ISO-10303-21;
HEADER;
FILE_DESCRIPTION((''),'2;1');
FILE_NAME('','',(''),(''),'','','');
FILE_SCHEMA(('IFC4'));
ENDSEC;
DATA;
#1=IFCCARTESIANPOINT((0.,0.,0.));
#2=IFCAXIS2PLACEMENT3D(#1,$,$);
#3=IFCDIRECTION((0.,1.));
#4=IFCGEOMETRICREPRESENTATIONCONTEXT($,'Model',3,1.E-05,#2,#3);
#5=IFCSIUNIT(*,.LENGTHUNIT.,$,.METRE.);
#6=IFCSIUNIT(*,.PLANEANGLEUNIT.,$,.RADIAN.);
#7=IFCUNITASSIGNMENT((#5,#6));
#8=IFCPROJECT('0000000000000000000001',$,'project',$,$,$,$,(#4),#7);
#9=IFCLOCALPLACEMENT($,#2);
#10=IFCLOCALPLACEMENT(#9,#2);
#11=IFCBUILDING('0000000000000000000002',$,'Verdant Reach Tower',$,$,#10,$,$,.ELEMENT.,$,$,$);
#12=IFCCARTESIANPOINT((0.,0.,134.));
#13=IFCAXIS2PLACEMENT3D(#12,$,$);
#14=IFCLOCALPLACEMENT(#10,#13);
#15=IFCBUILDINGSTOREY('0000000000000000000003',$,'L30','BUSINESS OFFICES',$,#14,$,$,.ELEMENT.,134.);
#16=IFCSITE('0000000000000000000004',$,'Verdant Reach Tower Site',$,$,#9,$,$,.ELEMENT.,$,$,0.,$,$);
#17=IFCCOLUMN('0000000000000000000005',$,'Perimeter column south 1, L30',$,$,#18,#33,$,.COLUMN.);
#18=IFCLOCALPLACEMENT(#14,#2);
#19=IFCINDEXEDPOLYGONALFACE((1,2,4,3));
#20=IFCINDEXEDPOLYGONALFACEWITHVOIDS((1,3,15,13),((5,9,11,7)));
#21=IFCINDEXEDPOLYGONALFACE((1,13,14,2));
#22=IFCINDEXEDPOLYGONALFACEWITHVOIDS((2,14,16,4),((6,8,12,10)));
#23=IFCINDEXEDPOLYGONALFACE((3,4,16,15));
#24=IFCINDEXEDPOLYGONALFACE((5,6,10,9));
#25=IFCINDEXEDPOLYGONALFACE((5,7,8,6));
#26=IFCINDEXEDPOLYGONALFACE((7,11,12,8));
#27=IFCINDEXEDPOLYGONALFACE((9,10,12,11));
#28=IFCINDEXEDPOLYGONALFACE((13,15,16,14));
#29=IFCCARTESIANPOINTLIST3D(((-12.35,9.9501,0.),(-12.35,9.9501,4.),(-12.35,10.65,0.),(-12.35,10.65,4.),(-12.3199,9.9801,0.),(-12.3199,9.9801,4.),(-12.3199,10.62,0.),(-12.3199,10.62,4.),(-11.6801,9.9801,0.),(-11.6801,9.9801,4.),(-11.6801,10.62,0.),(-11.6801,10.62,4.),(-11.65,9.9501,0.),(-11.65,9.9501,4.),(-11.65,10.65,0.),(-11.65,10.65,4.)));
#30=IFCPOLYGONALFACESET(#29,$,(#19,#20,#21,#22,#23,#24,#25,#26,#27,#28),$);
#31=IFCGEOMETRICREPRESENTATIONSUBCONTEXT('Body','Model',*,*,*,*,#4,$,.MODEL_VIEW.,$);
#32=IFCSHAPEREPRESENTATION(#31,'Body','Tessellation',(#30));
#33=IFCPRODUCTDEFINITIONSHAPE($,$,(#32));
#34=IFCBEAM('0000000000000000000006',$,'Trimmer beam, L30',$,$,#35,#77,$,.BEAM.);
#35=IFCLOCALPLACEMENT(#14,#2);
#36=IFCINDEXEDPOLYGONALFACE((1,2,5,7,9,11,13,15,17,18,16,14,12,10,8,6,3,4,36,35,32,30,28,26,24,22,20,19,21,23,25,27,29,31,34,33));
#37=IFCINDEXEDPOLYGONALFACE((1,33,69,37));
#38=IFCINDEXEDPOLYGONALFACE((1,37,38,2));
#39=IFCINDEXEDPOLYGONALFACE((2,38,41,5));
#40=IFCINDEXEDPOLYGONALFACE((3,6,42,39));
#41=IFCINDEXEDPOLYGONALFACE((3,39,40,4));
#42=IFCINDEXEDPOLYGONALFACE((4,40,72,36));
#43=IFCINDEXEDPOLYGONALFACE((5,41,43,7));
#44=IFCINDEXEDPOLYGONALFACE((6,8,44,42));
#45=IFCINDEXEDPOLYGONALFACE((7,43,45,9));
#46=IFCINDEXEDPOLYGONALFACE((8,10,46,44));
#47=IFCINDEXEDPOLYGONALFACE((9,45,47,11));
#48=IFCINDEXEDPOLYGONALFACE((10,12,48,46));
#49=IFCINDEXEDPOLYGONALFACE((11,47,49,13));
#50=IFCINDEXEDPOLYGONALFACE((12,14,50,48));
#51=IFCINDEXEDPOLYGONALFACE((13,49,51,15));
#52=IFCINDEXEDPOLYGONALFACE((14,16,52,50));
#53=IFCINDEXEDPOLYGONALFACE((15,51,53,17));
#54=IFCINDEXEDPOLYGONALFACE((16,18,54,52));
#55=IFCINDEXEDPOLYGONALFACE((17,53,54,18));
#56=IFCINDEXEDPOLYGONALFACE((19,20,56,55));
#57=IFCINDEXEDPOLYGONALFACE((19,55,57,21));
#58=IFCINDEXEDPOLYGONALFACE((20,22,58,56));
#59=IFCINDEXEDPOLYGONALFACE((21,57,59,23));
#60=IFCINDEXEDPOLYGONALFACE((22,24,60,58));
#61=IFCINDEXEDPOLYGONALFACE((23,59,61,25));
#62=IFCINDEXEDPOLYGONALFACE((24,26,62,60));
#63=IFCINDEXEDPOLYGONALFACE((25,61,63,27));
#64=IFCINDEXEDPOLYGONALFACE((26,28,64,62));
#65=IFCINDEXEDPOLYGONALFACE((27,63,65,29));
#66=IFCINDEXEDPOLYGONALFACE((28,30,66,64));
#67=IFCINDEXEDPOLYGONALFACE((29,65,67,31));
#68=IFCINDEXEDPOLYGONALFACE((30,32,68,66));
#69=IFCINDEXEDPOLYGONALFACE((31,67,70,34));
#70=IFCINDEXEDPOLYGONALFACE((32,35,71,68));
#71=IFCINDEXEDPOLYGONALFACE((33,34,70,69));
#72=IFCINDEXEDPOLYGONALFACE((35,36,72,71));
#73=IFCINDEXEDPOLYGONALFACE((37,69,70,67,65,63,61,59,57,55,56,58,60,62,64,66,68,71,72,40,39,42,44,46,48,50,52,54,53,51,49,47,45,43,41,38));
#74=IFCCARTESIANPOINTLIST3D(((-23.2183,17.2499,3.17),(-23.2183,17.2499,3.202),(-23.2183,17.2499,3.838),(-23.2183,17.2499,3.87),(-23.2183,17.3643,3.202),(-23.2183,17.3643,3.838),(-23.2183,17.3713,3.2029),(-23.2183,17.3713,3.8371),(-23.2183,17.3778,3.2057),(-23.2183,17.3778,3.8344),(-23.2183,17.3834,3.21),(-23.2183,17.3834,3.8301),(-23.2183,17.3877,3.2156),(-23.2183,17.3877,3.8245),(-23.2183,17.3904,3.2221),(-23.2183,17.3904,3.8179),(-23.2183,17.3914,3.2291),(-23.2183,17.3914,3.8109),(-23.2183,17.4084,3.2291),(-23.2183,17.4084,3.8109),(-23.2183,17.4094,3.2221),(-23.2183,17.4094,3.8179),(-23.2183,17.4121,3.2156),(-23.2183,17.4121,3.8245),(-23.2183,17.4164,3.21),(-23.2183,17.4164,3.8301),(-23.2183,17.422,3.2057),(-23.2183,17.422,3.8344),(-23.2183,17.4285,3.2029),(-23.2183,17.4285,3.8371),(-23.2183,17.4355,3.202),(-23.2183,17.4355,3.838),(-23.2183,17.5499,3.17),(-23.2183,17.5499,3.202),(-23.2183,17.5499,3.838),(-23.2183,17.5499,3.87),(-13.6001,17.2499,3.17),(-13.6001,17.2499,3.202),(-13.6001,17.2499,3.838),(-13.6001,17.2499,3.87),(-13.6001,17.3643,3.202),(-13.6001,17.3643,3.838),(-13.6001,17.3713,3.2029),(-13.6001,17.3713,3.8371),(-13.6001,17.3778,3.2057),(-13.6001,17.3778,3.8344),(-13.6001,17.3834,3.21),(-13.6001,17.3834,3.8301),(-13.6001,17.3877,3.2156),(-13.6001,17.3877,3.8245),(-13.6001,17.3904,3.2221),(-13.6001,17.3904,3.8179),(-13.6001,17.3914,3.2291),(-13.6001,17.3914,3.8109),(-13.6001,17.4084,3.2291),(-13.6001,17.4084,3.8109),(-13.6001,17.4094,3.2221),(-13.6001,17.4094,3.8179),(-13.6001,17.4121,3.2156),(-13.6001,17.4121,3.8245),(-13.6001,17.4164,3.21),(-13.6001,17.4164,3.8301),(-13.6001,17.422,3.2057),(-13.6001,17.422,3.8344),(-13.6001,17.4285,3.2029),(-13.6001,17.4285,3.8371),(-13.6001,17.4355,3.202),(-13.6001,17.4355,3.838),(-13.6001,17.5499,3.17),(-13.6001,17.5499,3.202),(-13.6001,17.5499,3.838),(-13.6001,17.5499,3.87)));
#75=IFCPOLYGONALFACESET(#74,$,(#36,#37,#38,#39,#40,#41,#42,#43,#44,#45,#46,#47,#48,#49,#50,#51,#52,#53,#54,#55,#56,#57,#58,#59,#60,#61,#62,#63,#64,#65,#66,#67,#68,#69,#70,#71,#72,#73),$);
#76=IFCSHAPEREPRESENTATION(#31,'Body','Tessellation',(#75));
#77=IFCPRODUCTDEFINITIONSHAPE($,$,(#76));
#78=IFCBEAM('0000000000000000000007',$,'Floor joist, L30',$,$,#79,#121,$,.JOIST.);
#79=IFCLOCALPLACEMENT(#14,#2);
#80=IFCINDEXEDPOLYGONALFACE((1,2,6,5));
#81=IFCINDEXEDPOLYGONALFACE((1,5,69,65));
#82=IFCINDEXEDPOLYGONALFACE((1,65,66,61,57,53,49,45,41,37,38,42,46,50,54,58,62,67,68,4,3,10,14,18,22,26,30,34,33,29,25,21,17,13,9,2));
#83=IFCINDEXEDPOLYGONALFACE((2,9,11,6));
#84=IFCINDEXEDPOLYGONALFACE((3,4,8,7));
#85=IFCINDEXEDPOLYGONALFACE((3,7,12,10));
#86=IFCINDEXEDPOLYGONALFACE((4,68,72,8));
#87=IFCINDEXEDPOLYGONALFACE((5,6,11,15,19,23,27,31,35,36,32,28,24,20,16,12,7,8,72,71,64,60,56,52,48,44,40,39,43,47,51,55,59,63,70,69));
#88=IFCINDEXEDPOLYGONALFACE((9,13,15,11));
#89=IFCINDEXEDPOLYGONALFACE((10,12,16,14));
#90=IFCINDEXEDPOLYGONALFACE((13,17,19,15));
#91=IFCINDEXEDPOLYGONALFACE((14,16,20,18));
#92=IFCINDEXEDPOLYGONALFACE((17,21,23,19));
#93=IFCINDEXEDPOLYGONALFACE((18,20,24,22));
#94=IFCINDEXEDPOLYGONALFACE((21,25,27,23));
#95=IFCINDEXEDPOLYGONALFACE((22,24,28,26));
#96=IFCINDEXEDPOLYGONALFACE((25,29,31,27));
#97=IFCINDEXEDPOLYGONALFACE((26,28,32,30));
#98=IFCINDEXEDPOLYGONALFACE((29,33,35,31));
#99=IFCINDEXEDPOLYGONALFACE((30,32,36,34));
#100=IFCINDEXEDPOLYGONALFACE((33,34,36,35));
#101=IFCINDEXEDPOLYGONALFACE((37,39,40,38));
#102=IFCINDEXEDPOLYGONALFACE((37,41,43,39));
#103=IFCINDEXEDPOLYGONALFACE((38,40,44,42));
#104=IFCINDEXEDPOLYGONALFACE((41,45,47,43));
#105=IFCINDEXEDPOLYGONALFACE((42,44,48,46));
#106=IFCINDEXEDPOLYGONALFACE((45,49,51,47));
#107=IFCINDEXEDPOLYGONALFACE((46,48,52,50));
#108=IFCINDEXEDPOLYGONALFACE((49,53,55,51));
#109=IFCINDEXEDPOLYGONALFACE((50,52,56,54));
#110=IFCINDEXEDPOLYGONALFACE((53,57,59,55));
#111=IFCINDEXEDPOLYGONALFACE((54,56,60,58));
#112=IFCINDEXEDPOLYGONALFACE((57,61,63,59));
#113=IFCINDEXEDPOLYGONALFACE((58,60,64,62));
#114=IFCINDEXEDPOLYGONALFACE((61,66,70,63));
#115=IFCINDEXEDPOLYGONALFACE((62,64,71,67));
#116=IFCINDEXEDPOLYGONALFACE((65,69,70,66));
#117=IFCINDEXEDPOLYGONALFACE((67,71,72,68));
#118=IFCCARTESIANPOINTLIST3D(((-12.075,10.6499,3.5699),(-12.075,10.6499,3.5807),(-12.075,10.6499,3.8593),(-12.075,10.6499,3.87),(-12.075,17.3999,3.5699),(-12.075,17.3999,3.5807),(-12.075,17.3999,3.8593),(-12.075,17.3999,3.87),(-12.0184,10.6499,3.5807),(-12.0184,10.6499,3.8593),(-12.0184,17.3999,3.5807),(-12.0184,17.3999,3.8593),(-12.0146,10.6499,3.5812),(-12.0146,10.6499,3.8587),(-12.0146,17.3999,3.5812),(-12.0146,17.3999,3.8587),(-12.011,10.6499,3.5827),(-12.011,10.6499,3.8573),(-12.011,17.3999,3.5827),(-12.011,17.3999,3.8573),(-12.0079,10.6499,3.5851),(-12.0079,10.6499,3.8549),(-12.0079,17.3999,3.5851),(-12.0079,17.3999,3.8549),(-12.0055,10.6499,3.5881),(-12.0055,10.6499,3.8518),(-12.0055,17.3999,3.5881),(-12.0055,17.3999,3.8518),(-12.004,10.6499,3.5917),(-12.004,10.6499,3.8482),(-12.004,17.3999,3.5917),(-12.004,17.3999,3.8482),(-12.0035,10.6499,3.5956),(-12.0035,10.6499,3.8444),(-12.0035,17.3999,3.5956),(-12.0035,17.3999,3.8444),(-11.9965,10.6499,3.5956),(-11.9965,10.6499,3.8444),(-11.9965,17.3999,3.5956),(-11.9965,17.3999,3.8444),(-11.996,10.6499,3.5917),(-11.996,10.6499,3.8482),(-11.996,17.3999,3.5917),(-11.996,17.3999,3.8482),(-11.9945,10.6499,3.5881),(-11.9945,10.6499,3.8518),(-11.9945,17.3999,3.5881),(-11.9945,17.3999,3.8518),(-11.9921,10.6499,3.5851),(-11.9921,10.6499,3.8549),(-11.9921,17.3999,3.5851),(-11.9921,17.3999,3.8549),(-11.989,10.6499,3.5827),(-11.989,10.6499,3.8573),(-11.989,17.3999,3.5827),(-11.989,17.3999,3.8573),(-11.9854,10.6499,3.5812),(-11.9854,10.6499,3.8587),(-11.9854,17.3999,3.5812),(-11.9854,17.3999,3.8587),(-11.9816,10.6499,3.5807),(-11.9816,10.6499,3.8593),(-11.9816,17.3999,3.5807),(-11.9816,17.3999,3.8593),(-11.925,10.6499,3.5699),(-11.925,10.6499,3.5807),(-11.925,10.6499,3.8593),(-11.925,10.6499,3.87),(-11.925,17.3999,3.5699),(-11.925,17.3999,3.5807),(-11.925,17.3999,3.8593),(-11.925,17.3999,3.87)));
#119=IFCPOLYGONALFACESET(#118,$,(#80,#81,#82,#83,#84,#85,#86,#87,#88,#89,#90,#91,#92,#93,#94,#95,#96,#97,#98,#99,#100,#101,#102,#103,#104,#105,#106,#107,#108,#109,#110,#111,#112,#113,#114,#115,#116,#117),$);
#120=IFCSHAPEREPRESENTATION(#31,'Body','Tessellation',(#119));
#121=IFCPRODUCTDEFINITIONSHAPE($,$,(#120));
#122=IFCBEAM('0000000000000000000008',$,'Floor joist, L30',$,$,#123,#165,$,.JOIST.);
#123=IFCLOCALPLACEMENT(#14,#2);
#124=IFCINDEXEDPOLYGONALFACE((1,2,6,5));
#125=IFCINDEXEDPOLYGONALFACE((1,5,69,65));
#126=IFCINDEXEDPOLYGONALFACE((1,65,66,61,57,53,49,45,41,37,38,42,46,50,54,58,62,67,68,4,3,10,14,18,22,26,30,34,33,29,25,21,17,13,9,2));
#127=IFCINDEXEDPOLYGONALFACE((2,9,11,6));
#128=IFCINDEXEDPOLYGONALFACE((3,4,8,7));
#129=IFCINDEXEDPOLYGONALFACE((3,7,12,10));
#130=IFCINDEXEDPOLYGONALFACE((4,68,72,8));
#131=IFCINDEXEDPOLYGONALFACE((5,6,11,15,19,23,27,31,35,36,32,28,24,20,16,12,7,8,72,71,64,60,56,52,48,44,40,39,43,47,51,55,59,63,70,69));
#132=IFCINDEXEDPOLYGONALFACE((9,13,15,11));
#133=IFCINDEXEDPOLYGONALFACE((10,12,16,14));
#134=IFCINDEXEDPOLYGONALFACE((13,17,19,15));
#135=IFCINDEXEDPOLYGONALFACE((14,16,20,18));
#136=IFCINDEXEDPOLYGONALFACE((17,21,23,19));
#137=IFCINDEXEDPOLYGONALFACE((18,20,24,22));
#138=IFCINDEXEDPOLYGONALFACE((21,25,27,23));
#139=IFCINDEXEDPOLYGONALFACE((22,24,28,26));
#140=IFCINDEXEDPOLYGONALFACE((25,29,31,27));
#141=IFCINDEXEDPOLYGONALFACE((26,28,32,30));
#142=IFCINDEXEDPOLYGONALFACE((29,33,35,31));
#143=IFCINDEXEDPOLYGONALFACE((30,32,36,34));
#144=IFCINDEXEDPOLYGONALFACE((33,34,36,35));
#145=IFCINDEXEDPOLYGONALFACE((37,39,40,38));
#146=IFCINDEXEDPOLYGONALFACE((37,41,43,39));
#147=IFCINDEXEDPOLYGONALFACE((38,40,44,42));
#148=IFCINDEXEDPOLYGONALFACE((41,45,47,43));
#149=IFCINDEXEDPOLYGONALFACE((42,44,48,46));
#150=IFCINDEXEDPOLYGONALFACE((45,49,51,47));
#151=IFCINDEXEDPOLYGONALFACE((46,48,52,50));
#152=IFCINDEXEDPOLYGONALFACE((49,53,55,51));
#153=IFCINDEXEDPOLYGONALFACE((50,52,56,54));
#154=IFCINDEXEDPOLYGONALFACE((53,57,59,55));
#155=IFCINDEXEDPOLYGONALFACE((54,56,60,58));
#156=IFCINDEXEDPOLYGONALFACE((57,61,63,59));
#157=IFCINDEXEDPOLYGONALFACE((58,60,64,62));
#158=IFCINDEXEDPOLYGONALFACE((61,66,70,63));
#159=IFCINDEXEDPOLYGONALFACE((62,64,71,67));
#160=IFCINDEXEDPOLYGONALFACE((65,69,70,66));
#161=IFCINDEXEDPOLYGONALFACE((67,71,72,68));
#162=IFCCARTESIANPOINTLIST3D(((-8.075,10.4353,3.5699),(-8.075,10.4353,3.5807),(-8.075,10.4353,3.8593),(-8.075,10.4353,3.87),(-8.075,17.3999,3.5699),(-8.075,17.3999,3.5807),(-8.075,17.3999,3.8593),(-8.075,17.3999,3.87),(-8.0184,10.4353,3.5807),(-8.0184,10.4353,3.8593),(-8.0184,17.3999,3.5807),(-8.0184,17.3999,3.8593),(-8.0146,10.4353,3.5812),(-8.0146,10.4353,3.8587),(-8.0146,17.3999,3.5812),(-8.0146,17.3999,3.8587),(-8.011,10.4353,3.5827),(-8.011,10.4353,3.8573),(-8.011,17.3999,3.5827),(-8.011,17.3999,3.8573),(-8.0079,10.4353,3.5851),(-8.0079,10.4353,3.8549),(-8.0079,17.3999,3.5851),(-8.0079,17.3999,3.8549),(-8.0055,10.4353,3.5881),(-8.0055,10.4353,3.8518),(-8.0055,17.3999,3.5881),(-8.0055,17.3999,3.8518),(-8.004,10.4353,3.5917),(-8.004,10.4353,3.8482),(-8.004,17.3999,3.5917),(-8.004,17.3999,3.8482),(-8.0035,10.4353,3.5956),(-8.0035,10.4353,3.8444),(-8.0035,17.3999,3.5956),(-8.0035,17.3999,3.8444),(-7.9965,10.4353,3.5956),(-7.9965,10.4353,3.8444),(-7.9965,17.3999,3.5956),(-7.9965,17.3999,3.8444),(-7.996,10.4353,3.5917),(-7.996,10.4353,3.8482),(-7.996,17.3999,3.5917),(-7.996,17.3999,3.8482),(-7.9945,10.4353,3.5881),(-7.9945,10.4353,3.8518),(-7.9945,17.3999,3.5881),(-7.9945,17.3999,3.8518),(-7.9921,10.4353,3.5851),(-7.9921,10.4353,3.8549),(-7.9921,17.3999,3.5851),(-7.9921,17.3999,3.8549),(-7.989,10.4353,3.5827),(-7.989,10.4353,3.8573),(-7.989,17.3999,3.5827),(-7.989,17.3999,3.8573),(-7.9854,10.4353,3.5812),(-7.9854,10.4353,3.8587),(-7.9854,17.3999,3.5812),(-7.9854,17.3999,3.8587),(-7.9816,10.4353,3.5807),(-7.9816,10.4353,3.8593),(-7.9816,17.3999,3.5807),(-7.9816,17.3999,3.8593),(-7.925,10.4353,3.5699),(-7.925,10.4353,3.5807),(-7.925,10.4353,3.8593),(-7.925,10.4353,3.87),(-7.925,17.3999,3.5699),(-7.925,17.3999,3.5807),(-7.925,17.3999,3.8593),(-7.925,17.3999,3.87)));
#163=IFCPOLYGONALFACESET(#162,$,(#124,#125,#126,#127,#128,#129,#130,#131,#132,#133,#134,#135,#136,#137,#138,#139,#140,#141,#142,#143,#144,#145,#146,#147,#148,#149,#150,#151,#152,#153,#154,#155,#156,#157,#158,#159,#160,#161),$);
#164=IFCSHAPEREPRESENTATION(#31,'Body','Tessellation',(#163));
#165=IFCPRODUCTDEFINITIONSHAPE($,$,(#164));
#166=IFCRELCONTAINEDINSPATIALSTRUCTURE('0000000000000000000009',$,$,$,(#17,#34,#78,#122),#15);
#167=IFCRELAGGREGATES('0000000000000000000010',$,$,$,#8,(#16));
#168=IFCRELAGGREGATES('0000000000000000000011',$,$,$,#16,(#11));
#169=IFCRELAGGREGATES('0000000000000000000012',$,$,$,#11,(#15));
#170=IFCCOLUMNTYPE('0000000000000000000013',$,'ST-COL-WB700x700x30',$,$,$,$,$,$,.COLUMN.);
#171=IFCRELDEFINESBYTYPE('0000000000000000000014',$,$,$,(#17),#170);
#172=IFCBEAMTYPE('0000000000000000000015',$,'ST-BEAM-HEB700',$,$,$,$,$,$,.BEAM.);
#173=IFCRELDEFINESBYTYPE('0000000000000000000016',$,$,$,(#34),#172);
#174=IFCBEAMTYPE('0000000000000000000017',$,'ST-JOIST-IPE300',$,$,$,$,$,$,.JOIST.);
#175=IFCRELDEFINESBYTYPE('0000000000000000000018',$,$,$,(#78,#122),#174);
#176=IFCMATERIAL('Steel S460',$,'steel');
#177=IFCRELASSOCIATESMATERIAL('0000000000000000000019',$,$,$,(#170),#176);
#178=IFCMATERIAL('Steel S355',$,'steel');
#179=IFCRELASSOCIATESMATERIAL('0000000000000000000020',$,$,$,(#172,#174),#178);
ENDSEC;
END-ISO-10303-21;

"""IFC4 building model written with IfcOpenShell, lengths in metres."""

from ifc_helpers import new_model, si_unit, direction, frame, origin, origin_2d, place, context, subcontext, project, spatial, hollow_rectangle, i_section, extrude, material, material_profile, profile_set, type_object, element, save


model = new_model("IFC4")

# Units and contexts
model_context = context("Model", 3, precision=1e-05, world=origin(), true_north=direction((0.0, 1.0)))
body_context = subcontext(model_context, "Body", "Model", "MODEL_VIEW")
ifc_project = project(units=[si_unit("LENGTHUNIT", "METRE"), si_unit("PLANEANGLEUNIT", "RADIAN")], contexts=[model_context])

# Site, building, storey
site_placement = place(None, origin())
site = spatial("IfcSite", under=ifc_project, at=site_placement, Name="Verdant Reach Tower Site", CompositionType="ELEMENT", RefElevation=0.0)
building_placement = place(site_placement, origin())
building = spatial("IfcBuilding", under=site, at=building_placement, Name="Verdant Reach Tower", CompositionType="ELEMENT")
storey_placement = place(building_placement, frame((0.0, 0.0, 134.0)))
storey = spatial("IfcBuildingStorey", under=building, at=storey_placement, Name="L30", Description="BUSINESS OFFICES", CompositionType="ELEMENT", Elevation=134.0)

# Column
ifc_material_1 = material(Name="Steel S460", Category="steel")
ifc_material_profile_1 = material_profile(ifc_material_1, hollow_rectangle(XDim=0.7, YDim=0.7, WallThickness=0.03, at=origin_2d()), Name="WB 700x700x30")
ifc_profile_set_1 = profile_set([ifc_material_profile_1], Name="Steel S460")
column_type = type_object("IfcColumnType", Name="ST-COL-WB700x700x30", PredefinedType="COLUMN", material=ifc_profile_set_1)
column_placement = place(storey_placement, frame((-12.0, 10.3, 0.0), z_axis=(0.0, 0.0, 1.0), x_axis=(1.0, 0.0, 0.0)))
element("IfcColumn", 1, at=column_placement, inside=storey, type_object=column_type, Name="Perimeter column south 1, L30", PredefinedType="COLUMN", context=body_context, shape_type="SweptSolid", body=[
    extrude(hollow_rectangle(XDim=0.7, YDim=0.7, WallThickness=0.03, at=origin_2d()), origin(), (0.0, 0.0, 1.0), 4.0),
])

# Beams
ifc_material_2 = material(Name="Steel S355", Category="steel")
ifc_material_profile_2 = material_profile(ifc_material_2, i_section(OverallWidth=0.3, OverallDepth=0.7, WebThickness=0.0171, FlangeThickness=0.032, FilletRadius=0.0271, at=origin_2d()), Name="HEB 700")
ifc_profile_set_2 = profile_set([ifc_material_profile_2], Name="Steel S355")
beam_type_1 = type_object("IfcBeamType", Name="ST-BEAM-HEB700", PredefinedType="BEAM", material=ifc_profile_set_2)
beam_1_placement = place(storey_placement, frame((-13.6001, 17.3999, 3.52), z_axis=(-1.0, 0.0, 0.0), x_axis=(0.0, -1.0, 0.0)))
element("IfcBeam", 2, at=beam_1_placement, inside=storey, type_object=beam_type_1, Name="Trimmer beam, L30", PredefinedType="BEAM", context=body_context, shape_type="SweptSolid", body=[
    extrude(i_section(OverallWidth=0.3, OverallDepth=0.7, WebThickness=0.0171, FlangeThickness=0.032, FilletRadius=0.0271, at=origin_2d()), origin(), (0.0, 0.0, 1.0), 9.6182),
])
ifc_material_profile_3 = material_profile(ifc_material_2, i_section(OverallWidth=0.1499, OverallDepth=0.3, WebThickness=0.0071, FlangeThickness=0.0107, FilletRadius=0.0149, at=origin_2d()), Name="IPE 300")
ifc_profile_set_3 = profile_set([ifc_material_profile_3], Name="Steel S355")
beam_type_2 = type_object("IfcBeamType", Name="ST-JOIST-IPE300", PredefinedType="JOIST", material=ifc_profile_set_3)
beam_2_placement = place(storey_placement, frame((-12.0, 17.3999, 3.72), z_axis=(0.0, -1.0, 0.0), x_axis=(1.0, 0.0, 0.0)))
element("IfcBeam", 3, at=beam_2_placement, inside=storey, type_object=beam_type_2, Name="Floor joist, L30", PredefinedType="JOIST", context=body_context, shape_type="SweptSolid", body=[
    extrude(i_section(OverallWidth=0.1499, OverallDepth=0.3, WebThickness=0.0071, FlangeThickness=0.0107, FilletRadius=0.0149, at=origin_2d()), origin(), (0.0, 0.0, 1.0), 6.75),
])
beam_3_placement = place(storey_placement, frame((-8.0, 17.3999, 3.72), z_axis=(0.0, -1.0, 0.0), x_axis=(1.0, 0.0, 0.0)))
element("IfcBeam", 4, at=beam_3_placement, inside=storey, type_object=beam_type_2, Name="Floor joist, L30", PredefinedType="JOIST", context=body_context, shape_type="SweptSolid", body=[
    extrude(i_section(OverallWidth=0.1499, OverallDepth=0.3, WebThickness=0.0071, FlangeThickness=0.0107, FilletRadius=0.0149, at=origin_2d()), origin(), (0.0, 0.0, 1.0), 6.9646),
])

save(model, "model.ifc")
